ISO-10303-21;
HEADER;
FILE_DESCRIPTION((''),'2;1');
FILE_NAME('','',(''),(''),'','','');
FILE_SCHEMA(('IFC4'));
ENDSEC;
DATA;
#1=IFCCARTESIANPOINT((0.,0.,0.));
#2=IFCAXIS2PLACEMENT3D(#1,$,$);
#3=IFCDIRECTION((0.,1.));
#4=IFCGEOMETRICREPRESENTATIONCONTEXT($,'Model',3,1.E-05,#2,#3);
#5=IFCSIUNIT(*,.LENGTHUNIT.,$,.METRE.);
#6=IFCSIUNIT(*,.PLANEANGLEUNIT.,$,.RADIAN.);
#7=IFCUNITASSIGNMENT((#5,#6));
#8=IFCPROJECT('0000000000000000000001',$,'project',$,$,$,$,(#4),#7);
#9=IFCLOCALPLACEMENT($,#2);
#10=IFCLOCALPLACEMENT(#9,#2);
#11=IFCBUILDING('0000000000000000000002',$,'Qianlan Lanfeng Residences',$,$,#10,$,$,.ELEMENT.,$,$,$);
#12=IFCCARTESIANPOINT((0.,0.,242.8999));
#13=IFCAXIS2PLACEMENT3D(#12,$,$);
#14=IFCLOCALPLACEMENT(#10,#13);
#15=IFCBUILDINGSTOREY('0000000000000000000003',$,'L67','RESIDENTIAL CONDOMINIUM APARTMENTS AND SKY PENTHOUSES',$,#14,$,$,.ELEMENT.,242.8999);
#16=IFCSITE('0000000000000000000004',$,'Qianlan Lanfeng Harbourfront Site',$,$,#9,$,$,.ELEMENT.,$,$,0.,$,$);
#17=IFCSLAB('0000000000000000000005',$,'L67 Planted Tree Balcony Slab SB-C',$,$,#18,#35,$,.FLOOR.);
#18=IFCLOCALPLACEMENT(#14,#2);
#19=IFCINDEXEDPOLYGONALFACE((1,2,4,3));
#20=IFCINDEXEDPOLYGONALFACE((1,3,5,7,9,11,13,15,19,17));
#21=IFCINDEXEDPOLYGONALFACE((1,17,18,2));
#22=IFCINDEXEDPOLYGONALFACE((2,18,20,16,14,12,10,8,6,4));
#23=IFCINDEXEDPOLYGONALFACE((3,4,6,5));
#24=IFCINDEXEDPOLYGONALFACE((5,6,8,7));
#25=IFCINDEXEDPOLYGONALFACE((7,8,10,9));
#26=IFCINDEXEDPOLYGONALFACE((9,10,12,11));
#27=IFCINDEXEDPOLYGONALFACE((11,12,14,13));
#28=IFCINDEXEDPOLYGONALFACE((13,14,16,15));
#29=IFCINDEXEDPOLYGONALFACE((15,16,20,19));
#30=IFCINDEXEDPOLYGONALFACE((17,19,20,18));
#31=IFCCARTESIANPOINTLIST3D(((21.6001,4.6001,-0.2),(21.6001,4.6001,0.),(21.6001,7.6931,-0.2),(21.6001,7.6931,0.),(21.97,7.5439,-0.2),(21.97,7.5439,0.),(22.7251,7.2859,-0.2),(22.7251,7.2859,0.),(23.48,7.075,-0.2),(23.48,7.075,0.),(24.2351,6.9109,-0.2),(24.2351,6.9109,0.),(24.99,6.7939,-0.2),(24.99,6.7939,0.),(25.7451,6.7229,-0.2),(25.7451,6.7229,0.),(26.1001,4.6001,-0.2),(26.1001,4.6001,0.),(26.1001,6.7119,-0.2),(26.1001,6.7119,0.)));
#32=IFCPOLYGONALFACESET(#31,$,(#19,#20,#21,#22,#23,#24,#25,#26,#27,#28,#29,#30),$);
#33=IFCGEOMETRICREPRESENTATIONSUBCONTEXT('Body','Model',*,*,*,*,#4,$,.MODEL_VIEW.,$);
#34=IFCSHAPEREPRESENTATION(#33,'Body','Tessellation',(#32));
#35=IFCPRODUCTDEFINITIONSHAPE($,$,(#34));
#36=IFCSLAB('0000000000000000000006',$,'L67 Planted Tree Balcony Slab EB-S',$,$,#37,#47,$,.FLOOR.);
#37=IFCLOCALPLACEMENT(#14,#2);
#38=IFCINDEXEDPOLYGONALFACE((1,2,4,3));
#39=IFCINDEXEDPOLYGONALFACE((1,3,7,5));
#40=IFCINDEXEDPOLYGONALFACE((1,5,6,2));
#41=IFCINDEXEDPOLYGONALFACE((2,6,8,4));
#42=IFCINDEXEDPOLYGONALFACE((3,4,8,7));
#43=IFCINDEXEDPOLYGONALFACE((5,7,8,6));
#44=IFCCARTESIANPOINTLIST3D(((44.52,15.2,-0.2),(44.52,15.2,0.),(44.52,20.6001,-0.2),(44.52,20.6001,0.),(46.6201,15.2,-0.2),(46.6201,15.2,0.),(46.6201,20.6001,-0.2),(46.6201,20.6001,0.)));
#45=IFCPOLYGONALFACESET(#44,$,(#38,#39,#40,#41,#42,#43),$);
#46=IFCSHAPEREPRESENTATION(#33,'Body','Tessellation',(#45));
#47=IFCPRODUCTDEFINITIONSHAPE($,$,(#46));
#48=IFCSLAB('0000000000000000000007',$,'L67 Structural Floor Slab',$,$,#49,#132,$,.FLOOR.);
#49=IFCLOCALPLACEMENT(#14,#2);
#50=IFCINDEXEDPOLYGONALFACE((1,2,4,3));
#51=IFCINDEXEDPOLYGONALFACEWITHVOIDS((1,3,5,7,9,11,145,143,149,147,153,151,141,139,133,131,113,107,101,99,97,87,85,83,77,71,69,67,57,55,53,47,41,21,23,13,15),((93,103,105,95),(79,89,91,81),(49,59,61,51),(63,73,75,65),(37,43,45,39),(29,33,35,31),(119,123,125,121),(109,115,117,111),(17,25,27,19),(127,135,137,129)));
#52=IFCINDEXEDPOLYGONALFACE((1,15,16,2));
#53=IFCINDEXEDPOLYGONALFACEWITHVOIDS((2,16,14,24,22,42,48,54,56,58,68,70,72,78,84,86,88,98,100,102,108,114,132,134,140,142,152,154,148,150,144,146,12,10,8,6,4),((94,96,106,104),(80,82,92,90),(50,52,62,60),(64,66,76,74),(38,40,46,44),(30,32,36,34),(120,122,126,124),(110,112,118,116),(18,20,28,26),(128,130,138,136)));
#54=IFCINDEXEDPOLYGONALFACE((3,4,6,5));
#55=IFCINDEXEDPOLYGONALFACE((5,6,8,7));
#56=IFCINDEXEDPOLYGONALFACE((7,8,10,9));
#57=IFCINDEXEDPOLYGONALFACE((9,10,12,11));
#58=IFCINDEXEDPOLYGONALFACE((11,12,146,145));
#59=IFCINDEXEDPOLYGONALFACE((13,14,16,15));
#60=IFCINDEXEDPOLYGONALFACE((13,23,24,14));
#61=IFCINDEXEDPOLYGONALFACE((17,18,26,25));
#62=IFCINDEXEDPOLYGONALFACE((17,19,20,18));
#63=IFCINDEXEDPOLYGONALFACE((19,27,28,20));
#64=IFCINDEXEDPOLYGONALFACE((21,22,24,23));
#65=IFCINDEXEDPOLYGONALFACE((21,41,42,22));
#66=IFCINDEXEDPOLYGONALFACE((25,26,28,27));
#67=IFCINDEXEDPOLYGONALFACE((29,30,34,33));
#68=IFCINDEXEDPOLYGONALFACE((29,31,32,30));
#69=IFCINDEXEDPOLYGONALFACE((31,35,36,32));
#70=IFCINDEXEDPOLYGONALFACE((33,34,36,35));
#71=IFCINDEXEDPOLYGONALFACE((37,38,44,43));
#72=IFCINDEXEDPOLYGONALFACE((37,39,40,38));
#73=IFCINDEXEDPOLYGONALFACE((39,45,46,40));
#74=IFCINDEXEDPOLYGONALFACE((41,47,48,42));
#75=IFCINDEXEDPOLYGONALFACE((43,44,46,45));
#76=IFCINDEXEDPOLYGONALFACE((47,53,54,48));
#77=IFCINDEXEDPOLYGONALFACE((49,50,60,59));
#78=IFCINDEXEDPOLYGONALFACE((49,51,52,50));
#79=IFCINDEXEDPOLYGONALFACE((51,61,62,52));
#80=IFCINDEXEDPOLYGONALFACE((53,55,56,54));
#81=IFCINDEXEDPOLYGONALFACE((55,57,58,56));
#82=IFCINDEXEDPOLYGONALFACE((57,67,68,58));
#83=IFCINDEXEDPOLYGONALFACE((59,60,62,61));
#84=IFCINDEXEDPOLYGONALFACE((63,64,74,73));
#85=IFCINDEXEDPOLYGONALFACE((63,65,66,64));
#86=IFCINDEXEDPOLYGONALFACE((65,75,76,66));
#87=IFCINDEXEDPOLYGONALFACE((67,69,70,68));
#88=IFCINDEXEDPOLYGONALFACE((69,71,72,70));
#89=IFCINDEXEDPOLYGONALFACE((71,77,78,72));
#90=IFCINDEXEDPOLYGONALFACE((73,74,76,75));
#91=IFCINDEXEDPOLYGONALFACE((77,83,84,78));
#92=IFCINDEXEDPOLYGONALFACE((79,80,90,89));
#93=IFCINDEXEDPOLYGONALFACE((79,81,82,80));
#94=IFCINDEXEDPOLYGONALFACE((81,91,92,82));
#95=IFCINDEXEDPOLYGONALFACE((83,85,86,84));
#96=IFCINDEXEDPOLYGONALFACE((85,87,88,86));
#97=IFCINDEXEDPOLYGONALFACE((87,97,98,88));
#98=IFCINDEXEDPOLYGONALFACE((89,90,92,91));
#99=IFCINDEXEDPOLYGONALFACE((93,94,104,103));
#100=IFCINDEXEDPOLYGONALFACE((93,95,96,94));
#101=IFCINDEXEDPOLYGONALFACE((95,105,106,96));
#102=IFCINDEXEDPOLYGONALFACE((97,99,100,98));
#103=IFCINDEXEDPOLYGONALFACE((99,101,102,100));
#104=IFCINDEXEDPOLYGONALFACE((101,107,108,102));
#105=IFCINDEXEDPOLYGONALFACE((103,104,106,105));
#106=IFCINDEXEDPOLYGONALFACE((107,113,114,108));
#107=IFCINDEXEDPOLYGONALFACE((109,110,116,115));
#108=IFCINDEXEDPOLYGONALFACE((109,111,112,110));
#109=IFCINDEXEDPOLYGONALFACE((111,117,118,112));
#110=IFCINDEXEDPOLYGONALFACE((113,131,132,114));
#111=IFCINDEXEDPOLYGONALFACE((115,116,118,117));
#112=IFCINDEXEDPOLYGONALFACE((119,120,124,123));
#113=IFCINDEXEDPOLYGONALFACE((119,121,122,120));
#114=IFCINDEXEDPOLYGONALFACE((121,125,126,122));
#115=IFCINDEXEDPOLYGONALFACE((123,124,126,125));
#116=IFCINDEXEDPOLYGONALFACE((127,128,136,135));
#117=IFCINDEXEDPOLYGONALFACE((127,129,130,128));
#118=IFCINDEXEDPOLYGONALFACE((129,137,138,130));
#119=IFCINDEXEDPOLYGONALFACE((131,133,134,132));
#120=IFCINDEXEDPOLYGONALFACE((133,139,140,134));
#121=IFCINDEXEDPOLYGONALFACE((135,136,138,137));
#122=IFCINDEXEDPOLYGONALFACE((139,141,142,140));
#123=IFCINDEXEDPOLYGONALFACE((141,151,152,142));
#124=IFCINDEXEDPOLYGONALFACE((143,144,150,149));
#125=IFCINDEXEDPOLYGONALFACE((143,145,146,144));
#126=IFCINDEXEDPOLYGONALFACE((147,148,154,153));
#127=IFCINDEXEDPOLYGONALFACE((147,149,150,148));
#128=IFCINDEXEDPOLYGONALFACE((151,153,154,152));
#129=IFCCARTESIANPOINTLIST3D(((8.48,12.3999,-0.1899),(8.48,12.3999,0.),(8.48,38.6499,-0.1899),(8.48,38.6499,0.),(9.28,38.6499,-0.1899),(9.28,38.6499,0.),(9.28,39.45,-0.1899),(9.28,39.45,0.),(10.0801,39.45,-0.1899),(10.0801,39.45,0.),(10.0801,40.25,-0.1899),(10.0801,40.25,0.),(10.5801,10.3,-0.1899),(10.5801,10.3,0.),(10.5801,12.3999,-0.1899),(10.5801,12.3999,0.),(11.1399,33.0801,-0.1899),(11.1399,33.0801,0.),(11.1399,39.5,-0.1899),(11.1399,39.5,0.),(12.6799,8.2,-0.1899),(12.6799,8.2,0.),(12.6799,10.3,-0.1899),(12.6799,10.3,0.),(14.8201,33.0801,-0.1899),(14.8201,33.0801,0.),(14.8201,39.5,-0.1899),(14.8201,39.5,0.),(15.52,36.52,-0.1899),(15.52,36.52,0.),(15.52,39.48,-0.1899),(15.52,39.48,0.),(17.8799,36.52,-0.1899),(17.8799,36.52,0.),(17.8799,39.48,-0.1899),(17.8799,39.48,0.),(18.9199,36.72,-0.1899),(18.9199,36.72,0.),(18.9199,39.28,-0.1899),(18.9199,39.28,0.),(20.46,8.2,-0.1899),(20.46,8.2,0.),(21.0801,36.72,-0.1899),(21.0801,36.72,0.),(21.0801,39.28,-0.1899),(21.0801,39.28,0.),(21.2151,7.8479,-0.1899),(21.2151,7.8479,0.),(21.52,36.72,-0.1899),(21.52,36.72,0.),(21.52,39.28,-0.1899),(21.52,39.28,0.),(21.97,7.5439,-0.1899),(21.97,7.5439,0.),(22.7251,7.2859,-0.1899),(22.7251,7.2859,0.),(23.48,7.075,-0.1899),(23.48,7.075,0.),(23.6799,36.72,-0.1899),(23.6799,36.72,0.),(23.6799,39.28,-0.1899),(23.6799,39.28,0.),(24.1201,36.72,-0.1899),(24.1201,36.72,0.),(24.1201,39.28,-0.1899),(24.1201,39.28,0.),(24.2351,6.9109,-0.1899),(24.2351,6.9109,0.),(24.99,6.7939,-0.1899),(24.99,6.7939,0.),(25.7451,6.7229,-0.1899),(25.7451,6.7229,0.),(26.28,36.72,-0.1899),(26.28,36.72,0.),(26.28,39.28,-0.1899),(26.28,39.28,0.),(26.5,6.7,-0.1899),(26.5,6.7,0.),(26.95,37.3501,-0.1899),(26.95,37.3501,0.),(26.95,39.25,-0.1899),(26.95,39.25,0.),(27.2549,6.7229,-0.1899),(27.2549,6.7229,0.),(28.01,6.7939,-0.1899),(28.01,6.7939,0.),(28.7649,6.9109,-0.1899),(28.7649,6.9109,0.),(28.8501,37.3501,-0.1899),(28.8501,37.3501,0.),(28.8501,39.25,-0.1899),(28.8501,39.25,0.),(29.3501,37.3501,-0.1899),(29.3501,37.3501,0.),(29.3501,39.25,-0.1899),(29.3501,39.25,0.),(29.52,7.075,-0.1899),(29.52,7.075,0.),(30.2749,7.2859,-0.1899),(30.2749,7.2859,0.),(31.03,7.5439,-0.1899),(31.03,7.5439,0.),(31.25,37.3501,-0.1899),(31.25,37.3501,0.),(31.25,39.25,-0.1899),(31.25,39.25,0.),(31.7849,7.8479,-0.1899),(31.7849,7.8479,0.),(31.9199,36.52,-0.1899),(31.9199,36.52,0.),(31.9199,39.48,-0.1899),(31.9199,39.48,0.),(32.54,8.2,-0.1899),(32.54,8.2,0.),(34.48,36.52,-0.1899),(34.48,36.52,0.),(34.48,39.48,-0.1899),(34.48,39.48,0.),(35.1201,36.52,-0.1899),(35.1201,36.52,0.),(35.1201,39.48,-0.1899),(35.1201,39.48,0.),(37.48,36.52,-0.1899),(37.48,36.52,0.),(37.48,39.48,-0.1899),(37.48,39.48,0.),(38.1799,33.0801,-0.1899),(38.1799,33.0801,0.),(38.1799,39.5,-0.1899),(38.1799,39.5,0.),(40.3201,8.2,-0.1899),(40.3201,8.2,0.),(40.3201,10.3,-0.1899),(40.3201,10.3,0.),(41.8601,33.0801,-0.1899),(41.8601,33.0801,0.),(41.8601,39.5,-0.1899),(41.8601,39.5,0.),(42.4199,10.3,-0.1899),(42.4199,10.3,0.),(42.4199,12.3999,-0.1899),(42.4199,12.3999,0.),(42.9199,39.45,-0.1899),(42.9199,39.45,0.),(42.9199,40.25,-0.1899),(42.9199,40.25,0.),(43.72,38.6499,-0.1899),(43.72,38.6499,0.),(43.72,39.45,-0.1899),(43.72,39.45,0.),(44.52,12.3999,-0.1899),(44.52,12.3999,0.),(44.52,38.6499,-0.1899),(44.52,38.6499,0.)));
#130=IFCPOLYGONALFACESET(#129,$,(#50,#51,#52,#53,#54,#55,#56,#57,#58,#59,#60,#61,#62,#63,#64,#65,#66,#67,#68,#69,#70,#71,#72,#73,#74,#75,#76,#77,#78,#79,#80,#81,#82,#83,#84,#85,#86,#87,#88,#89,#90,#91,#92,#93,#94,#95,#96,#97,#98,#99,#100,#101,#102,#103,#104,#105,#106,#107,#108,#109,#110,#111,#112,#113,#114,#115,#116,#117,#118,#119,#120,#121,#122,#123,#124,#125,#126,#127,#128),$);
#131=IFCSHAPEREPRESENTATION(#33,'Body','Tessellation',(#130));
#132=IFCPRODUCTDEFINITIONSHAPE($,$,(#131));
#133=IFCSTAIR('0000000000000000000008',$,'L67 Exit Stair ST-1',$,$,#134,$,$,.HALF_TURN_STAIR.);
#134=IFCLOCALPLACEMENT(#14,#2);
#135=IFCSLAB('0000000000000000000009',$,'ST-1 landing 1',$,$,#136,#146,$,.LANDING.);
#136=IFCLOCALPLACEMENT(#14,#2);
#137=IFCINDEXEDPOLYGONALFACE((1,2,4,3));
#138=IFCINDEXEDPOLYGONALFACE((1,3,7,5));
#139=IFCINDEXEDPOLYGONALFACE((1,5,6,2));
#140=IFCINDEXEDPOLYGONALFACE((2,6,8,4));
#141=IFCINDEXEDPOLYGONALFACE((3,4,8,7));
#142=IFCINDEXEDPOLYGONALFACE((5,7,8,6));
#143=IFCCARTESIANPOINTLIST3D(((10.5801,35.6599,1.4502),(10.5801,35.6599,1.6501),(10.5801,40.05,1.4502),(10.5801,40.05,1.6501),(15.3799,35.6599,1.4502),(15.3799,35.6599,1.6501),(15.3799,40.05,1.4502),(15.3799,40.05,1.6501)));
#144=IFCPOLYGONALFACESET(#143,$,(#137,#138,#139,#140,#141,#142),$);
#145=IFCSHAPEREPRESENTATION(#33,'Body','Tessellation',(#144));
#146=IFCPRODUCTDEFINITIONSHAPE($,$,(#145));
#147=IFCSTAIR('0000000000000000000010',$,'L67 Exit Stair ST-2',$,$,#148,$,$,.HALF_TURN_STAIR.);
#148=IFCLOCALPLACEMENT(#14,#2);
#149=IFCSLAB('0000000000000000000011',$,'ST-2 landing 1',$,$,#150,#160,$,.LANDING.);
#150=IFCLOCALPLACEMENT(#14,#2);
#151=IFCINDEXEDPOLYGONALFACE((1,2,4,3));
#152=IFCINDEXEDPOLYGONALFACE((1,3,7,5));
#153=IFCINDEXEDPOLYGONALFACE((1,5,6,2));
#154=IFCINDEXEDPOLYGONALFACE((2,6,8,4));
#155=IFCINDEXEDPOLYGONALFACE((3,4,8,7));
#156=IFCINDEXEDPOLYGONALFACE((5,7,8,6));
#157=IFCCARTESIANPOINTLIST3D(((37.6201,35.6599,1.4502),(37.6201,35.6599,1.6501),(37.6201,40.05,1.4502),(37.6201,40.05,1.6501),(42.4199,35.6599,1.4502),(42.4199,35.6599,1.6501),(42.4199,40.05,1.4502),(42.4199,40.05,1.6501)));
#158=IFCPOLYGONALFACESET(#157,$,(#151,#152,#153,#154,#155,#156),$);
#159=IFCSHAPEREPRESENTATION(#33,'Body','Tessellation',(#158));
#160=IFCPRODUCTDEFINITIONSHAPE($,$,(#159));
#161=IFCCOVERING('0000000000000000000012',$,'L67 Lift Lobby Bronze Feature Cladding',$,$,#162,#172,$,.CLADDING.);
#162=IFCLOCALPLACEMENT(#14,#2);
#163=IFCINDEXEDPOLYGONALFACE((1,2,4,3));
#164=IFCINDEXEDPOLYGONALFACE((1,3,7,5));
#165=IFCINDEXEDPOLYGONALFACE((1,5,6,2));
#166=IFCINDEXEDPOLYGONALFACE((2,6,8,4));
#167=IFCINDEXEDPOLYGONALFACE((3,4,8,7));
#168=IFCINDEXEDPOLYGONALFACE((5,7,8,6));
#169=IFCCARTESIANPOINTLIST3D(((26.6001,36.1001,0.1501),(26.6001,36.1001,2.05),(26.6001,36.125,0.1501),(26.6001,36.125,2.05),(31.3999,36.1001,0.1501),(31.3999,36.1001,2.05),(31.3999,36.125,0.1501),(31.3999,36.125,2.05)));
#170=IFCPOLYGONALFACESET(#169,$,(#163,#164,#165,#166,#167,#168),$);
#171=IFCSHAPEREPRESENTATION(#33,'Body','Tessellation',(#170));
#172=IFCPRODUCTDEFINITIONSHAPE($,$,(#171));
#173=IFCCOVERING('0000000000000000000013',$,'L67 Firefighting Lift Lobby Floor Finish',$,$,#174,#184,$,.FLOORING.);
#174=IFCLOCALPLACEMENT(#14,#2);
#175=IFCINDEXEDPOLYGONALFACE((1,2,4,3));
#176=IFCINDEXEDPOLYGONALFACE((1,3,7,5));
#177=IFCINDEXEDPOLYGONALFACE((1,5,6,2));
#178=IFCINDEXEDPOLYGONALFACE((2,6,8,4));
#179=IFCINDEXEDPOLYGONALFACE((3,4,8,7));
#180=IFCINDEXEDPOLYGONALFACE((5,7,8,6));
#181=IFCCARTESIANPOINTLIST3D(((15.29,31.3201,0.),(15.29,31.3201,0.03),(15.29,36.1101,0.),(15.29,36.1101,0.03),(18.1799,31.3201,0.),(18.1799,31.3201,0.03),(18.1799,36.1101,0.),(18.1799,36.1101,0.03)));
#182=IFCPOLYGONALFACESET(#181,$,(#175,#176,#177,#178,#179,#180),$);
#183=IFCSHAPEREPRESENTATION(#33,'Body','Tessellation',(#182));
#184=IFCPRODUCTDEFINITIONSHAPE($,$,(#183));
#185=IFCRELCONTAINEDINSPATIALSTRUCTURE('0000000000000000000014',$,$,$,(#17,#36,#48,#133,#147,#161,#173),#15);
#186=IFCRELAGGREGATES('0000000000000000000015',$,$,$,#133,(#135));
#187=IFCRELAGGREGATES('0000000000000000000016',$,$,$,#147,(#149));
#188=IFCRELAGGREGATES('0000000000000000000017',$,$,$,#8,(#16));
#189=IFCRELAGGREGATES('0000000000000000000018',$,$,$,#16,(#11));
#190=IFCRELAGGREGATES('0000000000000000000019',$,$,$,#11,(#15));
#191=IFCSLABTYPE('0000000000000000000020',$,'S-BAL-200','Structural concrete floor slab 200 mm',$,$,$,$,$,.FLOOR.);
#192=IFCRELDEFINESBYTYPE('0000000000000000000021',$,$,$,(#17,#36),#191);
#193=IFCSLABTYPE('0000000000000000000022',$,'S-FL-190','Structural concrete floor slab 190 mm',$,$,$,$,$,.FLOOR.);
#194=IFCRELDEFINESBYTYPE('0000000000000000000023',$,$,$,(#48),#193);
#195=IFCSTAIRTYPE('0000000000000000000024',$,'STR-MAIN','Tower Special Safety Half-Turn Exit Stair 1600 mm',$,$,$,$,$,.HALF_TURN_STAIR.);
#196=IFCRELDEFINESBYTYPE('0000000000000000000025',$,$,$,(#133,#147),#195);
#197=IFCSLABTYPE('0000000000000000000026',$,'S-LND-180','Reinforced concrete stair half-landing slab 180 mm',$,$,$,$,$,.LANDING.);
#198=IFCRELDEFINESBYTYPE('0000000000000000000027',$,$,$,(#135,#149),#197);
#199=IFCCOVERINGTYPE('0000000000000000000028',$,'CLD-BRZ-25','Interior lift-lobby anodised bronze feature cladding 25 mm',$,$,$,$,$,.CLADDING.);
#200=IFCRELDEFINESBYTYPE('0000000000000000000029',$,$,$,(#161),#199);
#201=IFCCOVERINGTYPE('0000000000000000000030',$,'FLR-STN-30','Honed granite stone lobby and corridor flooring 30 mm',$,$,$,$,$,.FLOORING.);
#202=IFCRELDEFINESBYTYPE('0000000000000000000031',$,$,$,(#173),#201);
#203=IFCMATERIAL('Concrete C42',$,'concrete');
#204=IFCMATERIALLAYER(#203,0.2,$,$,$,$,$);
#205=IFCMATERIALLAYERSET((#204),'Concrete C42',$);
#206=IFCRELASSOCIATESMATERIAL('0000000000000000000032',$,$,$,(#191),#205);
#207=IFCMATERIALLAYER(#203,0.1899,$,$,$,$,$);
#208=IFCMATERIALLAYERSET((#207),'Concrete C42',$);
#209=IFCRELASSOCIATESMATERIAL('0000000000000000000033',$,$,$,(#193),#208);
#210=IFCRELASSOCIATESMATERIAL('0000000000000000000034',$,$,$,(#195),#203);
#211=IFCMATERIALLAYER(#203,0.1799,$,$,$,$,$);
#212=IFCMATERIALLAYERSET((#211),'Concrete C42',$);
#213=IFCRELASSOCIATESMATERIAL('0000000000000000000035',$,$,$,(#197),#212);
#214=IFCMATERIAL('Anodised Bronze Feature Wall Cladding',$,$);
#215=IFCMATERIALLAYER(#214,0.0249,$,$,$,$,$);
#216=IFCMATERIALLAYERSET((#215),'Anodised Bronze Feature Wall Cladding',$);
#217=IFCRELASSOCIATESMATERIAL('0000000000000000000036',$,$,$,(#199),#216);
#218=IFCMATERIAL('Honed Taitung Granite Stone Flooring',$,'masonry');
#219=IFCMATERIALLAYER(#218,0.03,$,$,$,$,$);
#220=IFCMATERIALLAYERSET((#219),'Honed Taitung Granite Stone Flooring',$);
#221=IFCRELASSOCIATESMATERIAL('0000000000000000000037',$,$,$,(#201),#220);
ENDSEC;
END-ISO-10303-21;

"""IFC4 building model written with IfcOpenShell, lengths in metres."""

from ifc_helpers import new_model, si_unit, direction, frame, origin, place, context, subcontext, project, spatial, polyline, outline, extrude, material, layer, layer_set, type_object, element, aggregate, save


model = new_model("IFC4")

# Units and contexts
model_context = context("Model", 3, precision=1e-05, world=origin(), true_north=direction((0.0, 1.0)))
body_context = subcontext(model_context, "Body", "Model", "MODEL_VIEW")
ifc_project = project(units=[si_unit("LENGTHUNIT", "METRE"), si_unit("PLANEANGLEUNIT", "RADIAN")], contexts=[model_context])

# Site, building, storey
site_placement = place(None, origin())
site = spatial("IfcSite", under=ifc_project, at=site_placement, Name="Qianlan Lanfeng Harbourfront Site", CompositionType="ELEMENT", RefElevation=0.0)
building_placement = place(site_placement, origin())
building = spatial("IfcBuilding", under=site, at=building_placement, Name="Qianlan Lanfeng Residences", CompositionType="ELEMENT")
storey_placement = place(building_placement, frame((0.0, 0.0, 242.8999)))
storey = spatial("IfcBuildingStorey", under=building, at=storey_placement, Name="L67", Description="RESIDENTIAL CONDOMINIUM APARTMENTS AND SKY PENTHOUSES", CompositionType="ELEMENT", Elevation=242.8999)

# Slabs
ifc_material_1 = material(Name="Concrete C42", Category="concrete")
ifc_layer_1 = layer(ifc_material_1, 0.2)
ifc_layer_set_1 = layer_set([ifc_layer_1], Name="Concrete C42")
slab_type_1 = type_object("IfcSlabType", Name="S-BAL-200", Description="Structural concrete floor slab 200 mm", PredefinedType="FLOOR", material=ifc_layer_set_1)
slab_1_placement = place(storey_placement, frame((0.0, 0.0, -0.2)))
element("IfcSlab", 1, at=slab_1_placement, inside=storey, type_object=slab_type_1, Name="L67 Planted Tree Balcony Slab SB-C", PredefinedType="FLOOR", context=body_context, shape_type="SweptSolid", body=[
    extrude(outline(polyline([(26.1001, 6.7119), (25.7451, 6.7229), (24.99, 6.7939), (24.2351, 6.9109), (23.48, 7.075), (22.7251, 7.2859), (21.97, 7.5439), (21.6001, 7.6931), (21.6001, 4.6001), (26.1001, 4.6001), (26.1001, 6.7119)])), origin(), (0.0, 0.0, 1.0), 0.2),
])
slab_2_placement = place(storey_placement, frame((0.0, 0.0, -0.2)))
element("IfcSlab", 2, at=slab_2_placement, inside=storey, type_object=slab_type_1, Name="L67 Planted Tree Balcony Slab EB-S", PredefinedType="FLOOR", context=body_context, shape_type="SweptSolid", body=[
    extrude(outline(polyline([(44.52, 20.6001), (44.52, 15.2), (46.6201, 15.2), (46.6201, 20.6001), (44.52, 20.6001)])), origin(), (0.0, 0.0, 1.0), 0.2),
])
ifc_layer_2 = layer(ifc_material_1, 0.1899)
ifc_layer_set_2 = layer_set([ifc_layer_2], Name="Concrete C42")
slab_type_2 = type_object("IfcSlabType", Name="S-FL-190", Description="Structural concrete floor slab 190 mm", PredefinedType="FLOOR", material=ifc_layer_set_2)
slab_3_placement = place(storey_placement, frame((0.0, 0.0, -0.1899)))
element("IfcSlab", 3, at=slab_3_placement, inside=storey, type_object=slab_type_2, Name="L67 Structural Floor Slab", PredefinedType="FLOOR", context=body_context, shape_type="SweptSolid", body=[
    extrude(outline(polyline([(8.48, 12.3999), (10.5801, 12.3999), (10.5801, 10.3), (12.6799, 10.3), (12.6799, 8.2), (20.46, 8.2), (21.2151, 7.8479), (21.97, 7.5439), (22.7251, 7.2859), (23.48, 7.075), (24.2351, 6.9109), (24.99, 6.7939), (25.7451, 6.7229), (26.5, 6.7), (27.2549, 6.7229), (28.01, 6.7939), (28.7649, 6.9109), (29.52, 7.075), (30.2749, 7.2859), (31.03, 7.5439), (31.7849, 7.8479), (32.54, 8.2), (40.3201, 8.2), (40.3201, 10.3), (42.4199, 10.3), (42.4199, 12.3999), (44.52, 12.3999), (44.52, 38.6499), (43.72, 38.6499), (43.72, 39.45), (42.9199, 39.45), (42.9199, 40.25), (10.0801, 40.25), (10.0801, 39.45), (9.28, 39.45), (9.28, 38.6499), (8.48, 38.6499), (8.48, 12.3999)]), holes=[polyline([(11.1399, 33.0801), (11.1399, 39.5), (14.8201, 39.5), (14.8201, 33.0801), (11.1399, 33.0801)]), polyline([(38.1799, 33.0801), (38.1799, 39.5), (41.8601, 39.5), (41.8601, 33.0801), (38.1799, 33.0801)]), polyline([(15.52, 36.52), (15.52, 39.48), (17.8799, 39.48), (17.8799, 36.52), (15.52, 36.52)]), polyline([(35.1201, 36.52), (35.1201, 39.48), (37.48, 39.48), (37.48, 36.52), (35.1201, 36.52)]), polyline([(31.9199, 36.52), (31.9199, 39.48), (34.48, 39.48), (34.48, 36.52), (31.9199, 36.52)]), polyline([(18.9199, 36.72), (18.9199, 39.28), (21.0801, 39.28), (21.0801, 36.72), (18.9199, 36.72)]), polyline([(21.52, 36.72), (21.52, 39.28), (23.6799, 39.28), (23.6799, 36.72), (21.52, 36.72)]), polyline([(24.1201, 36.72), (24.1201, 39.28), (26.28, 39.28), (26.28, 36.72), (24.1201, 36.72)]), polyline([(26.95, 37.3501), (26.95, 39.25), (28.8501, 39.25), (28.8501, 37.3501), (26.95, 37.3501)]), polyline([(29.3501, 37.3501), (29.3501, 39.25), (31.25, 39.25), (31.25, 37.3501), (29.3501, 37.3501)])]), origin(), (0.0, 0.0, 1.0), 0.1899),
])

# Stairs, slabs
stair_type = type_object("IfcStairType", Name="STR-MAIN", Description="Tower Special Safety Half-Turn Exit Stair 1600 mm", PredefinedType="HALF_TURN_STAIR", material=ifc_material_1)
stair_1_placement = place(storey_placement, origin())
stair_1 = element("IfcStair", 4, at=stair_1_placement, inside=storey, type_object=stair_type, Name="L67 Exit Stair ST-1", PredefinedType="HALF_TURN_STAIR")
ifc_layer_3 = layer(ifc_material_1, 0.1799)
ifc_layer_set_3 = layer_set([ifc_layer_3], Name="Concrete C42")
slab_type_3 = type_object("IfcSlabType", Name="S-LND-180", Description="Reinforced concrete stair half-landing slab 180 mm", PredefinedType="LANDING", material=ifc_layer_set_3)
slab_4_placement = place(storey_placement, frame((0.0, 0.0, 1.4502)))
slab_4 = element("IfcSlab", 5, at=slab_4_placement, type_object=slab_type_3, Name="ST-1 landing 1", PredefinedType="LANDING", context=body_context, shape_type="SweptSolid", body=[
    extrude(outline(polyline([(10.5801, 35.6599), (15.3799, 35.6599), (15.3799, 40.05), (10.5801, 40.05), (10.5801, 35.6599)])), origin(), (0.0, 0.0, 1.0), 0.2),
])
aggregate(stair_1, [slab_4])
stair_2_placement = place(storey_placement, origin())
stair_2 = element("IfcStair", 6, at=stair_2_placement, inside=storey, type_object=stair_type, Name="L67 Exit Stair ST-2", PredefinedType="HALF_TURN_STAIR")
slab_5_placement = place(storey_placement, frame((0.0, 0.0, 1.4502)))
slab_5 = element("IfcSlab", 7, at=slab_5_placement, type_object=slab_type_3, Name="ST-2 landing 1", PredefinedType="LANDING", context=body_context, shape_type="SweptSolid", body=[
    extrude(outline(polyline([(37.6201, 35.6599), (42.4199, 35.6599), (42.4199, 40.05), (37.6201, 40.05), (37.6201, 35.6599)])), origin(), (0.0, 0.0, 1.0), 0.2),
])
aggregate(stair_2, [slab_5])

# Coverings
ifc_material_2 = material(Name="Anodised Bronze Feature Wall Cladding")
ifc_layer_4 = layer(ifc_material_2, 0.0249)
ifc_layer_set_4 = layer_set([ifc_layer_4], Name="Anodised Bronze Feature Wall Cladding")
covering_type_1 = type_object("IfcCoveringType", Name="CLD-BRZ-25", Description="Interior lift-lobby anodised bronze feature cladding 25 mm", PredefinedType="CLADDING", material=ifc_layer_set_4)
covering_1_placement = place(storey_placement, frame((0.0, 0.0, 0.1501)))
element("IfcCovering", 8, at=covering_1_placement, inside=storey, type_object=covering_type_1, Name="L67 Lift Lobby Bronze Feature Cladding", PredefinedType="CLADDING", context=body_context, shape_type="SweptSolid", body=[
    extrude(outline(polyline([(26.6001, 36.1001), (31.3999, 36.1001), (31.3999, 36.125), (26.6001, 36.125), (26.6001, 36.1001)])), origin(), (0.0, 0.0, 1.0), 1.8999),
])
ifc_material_3 = material(Name="Honed Taitung Granite Stone Flooring", Category="masonry")
ifc_layer_5 = layer(ifc_material_3, 0.03)
ifc_layer_set_5 = layer_set([ifc_layer_5], Name="Honed Taitung Granite Stone Flooring")
covering_type_2 = type_object("IfcCoveringType", Name="FLR-STN-30", Description="Honed granite stone lobby and corridor flooring 30 mm", PredefinedType="FLOORING", material=ifc_layer_set_5)
covering_2_placement = place(storey_placement, origin())
element("IfcCovering", 9, at=covering_2_placement, inside=storey, type_object=covering_type_2, Name="L67 Firefighting Lift Lobby Floor Finish", PredefinedType="FLOORING", context=body_context, shape_type="SweptSolid", body=[
    extrude(outline(polyline([(15.29, 31.3201), (18.1799, 31.3201), (18.1799, 36.1101), (15.29, 36.1101), (15.29, 31.3201)])), origin(), (0.0, 0.0, 1.0), 0.03),
])

save(model, "model.ifc")
